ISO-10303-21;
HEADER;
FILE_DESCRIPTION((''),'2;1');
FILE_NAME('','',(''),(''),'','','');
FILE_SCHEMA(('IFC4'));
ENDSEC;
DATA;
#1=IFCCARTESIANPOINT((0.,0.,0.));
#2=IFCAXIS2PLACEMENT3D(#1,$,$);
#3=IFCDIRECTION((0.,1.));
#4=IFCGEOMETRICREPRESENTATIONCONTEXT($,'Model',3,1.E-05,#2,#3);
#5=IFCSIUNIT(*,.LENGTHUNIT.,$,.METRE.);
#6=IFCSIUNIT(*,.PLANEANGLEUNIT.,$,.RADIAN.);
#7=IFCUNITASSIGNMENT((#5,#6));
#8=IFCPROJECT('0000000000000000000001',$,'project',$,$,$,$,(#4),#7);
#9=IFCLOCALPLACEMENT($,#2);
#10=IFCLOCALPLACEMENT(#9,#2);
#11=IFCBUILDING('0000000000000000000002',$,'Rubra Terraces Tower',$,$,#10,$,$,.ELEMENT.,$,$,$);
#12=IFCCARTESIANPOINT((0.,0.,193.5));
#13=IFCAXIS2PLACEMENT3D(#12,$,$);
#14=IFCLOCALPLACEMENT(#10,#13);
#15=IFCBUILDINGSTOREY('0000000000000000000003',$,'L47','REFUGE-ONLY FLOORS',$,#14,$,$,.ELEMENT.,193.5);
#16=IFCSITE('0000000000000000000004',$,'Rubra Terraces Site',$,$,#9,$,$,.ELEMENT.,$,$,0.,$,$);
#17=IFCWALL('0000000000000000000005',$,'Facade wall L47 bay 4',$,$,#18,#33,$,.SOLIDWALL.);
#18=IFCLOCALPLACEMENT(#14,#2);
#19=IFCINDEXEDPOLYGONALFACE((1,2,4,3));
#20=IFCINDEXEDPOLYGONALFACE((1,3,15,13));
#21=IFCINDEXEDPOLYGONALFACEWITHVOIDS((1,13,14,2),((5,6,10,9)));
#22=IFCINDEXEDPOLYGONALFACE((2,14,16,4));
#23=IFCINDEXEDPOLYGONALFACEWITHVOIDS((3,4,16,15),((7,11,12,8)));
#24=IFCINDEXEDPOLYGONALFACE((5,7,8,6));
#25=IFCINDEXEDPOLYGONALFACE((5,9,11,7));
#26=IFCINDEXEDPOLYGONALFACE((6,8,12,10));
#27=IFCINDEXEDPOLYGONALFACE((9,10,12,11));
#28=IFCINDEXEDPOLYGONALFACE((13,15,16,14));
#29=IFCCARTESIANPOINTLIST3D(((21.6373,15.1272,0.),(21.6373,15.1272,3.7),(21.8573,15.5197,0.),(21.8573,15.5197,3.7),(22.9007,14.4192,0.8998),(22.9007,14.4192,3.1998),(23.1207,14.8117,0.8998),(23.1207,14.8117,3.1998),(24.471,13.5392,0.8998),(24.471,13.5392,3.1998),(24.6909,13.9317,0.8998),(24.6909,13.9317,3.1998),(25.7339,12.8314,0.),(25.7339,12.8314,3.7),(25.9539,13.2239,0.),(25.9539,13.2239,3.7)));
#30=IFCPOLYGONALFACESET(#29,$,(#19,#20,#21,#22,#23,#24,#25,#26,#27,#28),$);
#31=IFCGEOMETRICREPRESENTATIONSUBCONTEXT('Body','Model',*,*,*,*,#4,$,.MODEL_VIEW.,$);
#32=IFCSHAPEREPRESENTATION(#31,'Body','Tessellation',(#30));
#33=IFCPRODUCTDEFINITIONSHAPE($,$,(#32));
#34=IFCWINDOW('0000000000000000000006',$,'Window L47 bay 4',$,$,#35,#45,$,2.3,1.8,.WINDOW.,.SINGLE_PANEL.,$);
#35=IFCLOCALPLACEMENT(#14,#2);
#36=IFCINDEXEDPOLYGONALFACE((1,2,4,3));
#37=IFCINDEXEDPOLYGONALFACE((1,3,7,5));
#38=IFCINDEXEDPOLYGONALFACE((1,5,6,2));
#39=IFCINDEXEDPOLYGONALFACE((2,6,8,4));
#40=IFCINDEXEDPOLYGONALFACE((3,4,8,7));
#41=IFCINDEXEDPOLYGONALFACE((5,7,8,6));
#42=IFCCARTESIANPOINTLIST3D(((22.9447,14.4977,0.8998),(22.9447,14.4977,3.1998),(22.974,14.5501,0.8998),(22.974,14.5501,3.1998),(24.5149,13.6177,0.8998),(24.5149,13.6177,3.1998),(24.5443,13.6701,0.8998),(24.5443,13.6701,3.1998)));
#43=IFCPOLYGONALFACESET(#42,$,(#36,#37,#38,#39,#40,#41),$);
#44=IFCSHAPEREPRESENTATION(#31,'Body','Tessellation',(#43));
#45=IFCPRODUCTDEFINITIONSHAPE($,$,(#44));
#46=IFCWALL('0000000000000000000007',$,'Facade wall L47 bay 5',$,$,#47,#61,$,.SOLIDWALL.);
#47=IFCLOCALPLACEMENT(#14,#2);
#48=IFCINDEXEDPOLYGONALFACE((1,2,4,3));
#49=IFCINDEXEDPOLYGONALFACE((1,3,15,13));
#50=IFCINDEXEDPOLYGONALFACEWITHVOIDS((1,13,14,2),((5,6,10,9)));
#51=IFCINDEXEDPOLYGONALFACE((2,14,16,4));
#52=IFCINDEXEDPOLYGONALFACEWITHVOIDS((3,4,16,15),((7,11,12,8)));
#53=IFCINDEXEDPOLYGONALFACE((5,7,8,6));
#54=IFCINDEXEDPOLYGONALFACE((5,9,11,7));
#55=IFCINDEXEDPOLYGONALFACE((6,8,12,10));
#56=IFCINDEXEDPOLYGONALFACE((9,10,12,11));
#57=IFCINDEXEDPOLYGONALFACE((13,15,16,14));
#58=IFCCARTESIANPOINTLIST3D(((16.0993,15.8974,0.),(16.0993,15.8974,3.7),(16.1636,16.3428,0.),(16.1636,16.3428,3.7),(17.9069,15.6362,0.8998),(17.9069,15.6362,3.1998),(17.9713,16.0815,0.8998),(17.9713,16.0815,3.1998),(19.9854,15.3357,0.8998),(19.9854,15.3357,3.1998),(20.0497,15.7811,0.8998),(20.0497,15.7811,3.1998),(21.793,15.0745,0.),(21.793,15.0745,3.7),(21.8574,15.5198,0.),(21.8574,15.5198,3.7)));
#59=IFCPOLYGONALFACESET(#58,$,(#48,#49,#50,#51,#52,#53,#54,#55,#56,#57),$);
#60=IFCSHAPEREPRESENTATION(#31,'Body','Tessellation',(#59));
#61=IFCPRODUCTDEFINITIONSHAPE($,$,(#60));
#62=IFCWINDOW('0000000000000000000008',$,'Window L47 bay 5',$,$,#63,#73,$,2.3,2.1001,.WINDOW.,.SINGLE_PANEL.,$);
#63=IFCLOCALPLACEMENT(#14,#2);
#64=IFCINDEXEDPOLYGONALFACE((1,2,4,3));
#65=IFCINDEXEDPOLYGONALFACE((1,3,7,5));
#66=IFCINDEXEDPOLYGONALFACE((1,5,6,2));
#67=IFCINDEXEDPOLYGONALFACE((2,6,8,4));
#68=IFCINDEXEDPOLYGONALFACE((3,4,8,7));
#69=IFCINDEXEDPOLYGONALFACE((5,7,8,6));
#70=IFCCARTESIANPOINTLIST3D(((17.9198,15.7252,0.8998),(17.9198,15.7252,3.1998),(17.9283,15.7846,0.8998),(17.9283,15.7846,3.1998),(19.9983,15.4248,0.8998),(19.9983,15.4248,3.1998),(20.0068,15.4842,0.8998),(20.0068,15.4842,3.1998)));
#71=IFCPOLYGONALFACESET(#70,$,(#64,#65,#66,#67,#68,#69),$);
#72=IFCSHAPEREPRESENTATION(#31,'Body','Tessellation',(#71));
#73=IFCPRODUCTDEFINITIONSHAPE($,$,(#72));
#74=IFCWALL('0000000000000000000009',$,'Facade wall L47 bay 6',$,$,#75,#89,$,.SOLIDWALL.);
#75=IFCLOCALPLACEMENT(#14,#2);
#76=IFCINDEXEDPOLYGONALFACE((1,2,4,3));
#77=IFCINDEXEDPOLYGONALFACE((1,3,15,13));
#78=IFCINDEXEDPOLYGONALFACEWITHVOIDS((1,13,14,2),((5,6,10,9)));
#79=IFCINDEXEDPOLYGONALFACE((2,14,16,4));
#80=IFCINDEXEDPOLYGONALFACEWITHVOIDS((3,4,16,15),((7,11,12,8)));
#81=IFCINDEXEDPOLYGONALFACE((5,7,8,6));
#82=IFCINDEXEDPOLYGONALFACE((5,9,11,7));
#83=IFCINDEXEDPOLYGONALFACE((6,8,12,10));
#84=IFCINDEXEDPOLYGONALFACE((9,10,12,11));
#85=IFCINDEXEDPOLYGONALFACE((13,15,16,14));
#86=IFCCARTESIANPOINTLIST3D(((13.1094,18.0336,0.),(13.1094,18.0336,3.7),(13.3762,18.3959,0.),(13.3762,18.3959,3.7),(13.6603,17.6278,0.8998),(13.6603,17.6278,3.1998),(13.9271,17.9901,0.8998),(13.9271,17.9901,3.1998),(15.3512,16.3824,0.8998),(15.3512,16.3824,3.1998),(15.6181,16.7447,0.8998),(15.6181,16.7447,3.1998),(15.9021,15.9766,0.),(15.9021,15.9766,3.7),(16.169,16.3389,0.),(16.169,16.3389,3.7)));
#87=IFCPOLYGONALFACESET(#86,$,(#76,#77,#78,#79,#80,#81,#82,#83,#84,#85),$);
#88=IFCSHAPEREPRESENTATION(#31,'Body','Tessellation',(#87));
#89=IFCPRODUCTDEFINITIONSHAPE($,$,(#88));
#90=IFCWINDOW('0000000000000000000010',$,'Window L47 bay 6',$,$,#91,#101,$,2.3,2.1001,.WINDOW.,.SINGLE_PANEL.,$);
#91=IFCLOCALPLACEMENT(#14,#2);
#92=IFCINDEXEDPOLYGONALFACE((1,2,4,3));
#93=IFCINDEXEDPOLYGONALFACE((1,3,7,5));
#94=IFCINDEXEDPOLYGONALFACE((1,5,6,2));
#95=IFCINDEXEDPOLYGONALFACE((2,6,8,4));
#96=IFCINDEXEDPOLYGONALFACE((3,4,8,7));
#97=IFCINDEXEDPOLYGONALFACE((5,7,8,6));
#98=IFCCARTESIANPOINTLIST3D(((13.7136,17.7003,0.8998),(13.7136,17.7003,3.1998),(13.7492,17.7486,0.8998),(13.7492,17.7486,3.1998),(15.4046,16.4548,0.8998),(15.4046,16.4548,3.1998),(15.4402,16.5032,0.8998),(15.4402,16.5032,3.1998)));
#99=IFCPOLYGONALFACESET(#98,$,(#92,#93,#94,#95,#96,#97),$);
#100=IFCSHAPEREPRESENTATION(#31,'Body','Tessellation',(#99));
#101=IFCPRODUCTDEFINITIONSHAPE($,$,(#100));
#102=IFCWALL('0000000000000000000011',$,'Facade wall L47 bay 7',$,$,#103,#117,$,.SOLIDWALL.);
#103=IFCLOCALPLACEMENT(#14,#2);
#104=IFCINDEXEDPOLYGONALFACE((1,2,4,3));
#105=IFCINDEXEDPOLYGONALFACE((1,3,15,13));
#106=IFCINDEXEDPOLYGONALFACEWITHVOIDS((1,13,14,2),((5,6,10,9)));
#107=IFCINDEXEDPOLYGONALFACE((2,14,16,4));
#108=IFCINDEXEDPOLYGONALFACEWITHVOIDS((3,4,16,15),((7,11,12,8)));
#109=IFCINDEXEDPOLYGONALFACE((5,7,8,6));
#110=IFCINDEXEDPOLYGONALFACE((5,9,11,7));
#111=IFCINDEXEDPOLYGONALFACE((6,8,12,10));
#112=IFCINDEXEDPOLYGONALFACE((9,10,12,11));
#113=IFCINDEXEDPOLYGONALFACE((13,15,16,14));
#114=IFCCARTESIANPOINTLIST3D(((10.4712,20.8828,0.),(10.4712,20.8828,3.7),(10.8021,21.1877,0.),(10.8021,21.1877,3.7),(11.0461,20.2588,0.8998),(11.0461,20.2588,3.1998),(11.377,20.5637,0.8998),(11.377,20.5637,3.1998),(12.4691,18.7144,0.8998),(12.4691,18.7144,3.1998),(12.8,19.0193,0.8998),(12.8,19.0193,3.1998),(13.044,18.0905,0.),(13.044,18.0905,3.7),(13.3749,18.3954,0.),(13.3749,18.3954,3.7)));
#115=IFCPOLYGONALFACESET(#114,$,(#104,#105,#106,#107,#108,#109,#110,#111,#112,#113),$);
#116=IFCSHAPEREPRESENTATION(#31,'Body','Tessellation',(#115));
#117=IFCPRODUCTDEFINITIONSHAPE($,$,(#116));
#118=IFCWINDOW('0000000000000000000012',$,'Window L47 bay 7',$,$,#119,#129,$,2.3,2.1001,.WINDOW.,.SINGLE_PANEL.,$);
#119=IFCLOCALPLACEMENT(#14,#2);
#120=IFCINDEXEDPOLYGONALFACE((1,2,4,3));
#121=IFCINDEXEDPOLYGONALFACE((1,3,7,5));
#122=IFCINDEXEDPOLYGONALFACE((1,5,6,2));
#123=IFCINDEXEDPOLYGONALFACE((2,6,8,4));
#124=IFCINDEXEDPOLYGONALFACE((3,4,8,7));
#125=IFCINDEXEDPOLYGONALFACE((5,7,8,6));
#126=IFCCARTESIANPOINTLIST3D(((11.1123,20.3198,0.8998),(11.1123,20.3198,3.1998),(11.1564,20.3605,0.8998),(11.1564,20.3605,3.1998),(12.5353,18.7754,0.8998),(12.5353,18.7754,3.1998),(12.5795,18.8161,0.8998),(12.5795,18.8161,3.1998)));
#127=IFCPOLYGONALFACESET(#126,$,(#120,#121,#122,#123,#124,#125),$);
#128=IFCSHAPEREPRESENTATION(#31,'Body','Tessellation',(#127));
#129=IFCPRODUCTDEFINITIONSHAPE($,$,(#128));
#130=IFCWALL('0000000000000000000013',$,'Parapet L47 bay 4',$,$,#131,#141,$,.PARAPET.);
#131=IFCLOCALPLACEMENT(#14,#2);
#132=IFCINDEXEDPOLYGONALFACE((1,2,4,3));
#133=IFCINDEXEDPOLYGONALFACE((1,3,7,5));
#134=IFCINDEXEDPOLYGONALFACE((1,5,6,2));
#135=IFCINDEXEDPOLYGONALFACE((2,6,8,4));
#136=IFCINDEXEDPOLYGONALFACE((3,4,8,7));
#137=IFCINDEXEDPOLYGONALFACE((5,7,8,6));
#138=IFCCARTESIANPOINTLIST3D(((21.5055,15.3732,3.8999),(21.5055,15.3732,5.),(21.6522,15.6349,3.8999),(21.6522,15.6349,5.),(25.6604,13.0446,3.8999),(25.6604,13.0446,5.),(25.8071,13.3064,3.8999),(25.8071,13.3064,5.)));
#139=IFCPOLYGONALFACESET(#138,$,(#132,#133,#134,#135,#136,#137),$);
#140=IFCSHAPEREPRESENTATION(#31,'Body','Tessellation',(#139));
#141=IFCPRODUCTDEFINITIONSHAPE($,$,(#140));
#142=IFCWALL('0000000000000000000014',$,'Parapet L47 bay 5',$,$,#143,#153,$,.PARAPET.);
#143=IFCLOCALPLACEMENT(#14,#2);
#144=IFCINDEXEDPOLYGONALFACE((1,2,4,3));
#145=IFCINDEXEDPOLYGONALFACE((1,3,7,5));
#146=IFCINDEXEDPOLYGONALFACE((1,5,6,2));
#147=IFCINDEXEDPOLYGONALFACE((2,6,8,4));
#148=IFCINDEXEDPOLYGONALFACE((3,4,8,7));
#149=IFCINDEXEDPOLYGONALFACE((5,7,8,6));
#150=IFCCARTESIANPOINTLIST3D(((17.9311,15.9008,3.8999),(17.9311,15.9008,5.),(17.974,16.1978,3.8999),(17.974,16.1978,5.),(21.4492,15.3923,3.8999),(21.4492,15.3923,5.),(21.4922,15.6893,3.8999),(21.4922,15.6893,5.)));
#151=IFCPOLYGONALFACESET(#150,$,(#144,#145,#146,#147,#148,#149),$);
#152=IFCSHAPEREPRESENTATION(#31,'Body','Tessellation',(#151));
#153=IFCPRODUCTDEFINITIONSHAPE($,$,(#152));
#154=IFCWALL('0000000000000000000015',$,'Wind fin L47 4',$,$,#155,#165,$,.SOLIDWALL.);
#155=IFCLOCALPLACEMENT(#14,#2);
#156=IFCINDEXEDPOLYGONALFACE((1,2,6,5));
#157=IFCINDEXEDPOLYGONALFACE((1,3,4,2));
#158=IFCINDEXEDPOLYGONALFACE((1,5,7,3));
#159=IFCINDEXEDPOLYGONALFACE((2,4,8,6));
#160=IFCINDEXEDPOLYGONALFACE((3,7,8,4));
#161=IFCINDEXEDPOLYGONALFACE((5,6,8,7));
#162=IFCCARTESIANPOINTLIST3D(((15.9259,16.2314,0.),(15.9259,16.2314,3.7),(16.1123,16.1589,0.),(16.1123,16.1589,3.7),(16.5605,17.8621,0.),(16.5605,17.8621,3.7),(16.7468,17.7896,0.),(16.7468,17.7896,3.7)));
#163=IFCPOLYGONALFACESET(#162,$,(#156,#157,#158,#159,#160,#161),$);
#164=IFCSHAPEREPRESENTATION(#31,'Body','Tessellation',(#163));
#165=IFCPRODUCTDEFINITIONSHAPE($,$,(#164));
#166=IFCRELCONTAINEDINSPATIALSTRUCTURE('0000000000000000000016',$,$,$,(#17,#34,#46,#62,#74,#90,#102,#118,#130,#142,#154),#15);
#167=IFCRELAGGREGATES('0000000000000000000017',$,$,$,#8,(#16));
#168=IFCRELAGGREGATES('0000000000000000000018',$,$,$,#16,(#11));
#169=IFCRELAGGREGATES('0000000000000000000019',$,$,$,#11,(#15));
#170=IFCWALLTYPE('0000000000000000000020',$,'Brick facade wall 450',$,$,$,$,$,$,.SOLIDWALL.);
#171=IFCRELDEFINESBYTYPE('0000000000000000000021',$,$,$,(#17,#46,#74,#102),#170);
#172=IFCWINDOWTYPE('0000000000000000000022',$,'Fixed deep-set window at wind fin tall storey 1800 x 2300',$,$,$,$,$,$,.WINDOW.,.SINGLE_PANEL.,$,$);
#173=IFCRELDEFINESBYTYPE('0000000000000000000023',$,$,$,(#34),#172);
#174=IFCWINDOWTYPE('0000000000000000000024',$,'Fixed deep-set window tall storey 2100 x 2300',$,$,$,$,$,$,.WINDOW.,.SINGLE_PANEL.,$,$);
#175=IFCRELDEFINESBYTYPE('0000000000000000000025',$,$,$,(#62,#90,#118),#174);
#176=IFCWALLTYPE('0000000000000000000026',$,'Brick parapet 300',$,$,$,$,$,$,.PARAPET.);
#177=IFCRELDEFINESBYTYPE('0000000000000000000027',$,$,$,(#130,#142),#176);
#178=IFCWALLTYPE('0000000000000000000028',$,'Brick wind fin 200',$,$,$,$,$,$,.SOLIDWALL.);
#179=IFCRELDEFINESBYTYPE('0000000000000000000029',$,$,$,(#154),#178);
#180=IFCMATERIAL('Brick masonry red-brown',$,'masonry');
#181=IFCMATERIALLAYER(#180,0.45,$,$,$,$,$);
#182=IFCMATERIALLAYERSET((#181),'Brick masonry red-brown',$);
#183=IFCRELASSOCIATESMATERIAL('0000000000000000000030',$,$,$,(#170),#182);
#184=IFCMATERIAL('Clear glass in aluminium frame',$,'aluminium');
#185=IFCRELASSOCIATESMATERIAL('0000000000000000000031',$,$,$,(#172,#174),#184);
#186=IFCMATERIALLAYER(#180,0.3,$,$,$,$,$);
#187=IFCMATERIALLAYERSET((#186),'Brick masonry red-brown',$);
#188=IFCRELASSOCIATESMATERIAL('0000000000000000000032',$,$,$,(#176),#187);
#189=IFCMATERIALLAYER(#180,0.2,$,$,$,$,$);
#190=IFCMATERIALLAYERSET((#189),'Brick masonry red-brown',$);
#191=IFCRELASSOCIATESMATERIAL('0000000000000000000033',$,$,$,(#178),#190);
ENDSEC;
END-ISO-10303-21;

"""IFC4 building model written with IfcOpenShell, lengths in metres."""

from ifc_helpers import new_model, si_unit, direction, frame, frame_2d, origin, place, context, subcontext, project, spatial, rectangle, extrude, material, layer, layer_set, type_object, element, fill, save


model = new_model("IFC4")

# Units and contexts
model_context = context("Model", 3, precision=1e-05, world=origin(), true_north=direction((0.0, 1.0)))
body_context = subcontext(model_context, "Body", "Model", "MODEL_VIEW")
ifc_project = project(units=[si_unit("LENGTHUNIT", "METRE"), si_unit("PLANEANGLEUNIT", "RADIAN")], contexts=[model_context])

# Site, building, storey
site_placement = place(None, origin())
site = spatial("IfcSite", under=ifc_project, at=site_placement, Name="Rubra Terraces Site", CompositionType="ELEMENT", RefElevation=0.0)
building_placement = place(site_placement, origin())
building = spatial("IfcBuilding", under=site, at=building_placement, Name="Rubra Terraces Tower", CompositionType="ELEMENT")
storey_placement = place(building_placement, frame((0.0, 0.0, 193.5)))
storey = spatial("IfcBuildingStorey", under=building, at=storey_placement, Name="L47", Description="REFUGE-ONLY FLOORS", CompositionType="ELEMENT", Elevation=193.5)

# Walls, openings, windows
ifc_material_1 = material(Name="Brick masonry red-brown", Category="masonry")
ifc_layer_1 = layer(ifc_material_1, 0.45)
ifc_layer_set_1 = layer_set([ifc_layer_1], Name="Brick masonry red-brown")
wall_type_1 = type_object("IfcWallType", Name="Brick facade wall 450", PredefinedType="SOLIDWALL", material=ifc_layer_set_1)
wall_1_placement = place(storey_placement, frame((25.844, 13.0276, 0.0), z_axis=(0.0, 0.0, 1.0), x_axis=(-0.872346, 0.488888, 0.0)))
wall_1 = element("IfcWall", 1, at=wall_1_placement, inside=storey, type_object=wall_type_1, Name="Facade wall L47 bay 4", PredefinedType="SOLIDWALL", context=body_context, shape_type="SweptSolid", body=[
    extrude(rectangle(XDim=4.696, YDim=0.45, at=frame_2d((2.3481, 0.0))), origin(), (0.0, 0.0, 1.0), 3.7),
])
opening_1_placement = place(wall_1_placement, frame((1.448, 0.0, 0.8999)))
opening_1 = element("IfcOpeningElement", 2, at=opening_1_placement, cuts=wall_1, PredefinedType="OPENING", context=body_context, shape_type="SweptSolid", body=[
    extrude(rectangle(XDim=1.8, YDim=2.3, at=frame_2d((0.8999, 1.1499))), frame((0.0, 0.2349, 0.0), z_axis=(0.0, -1.0, 0.0), x_axis=(1.0, 0.0, 0.0)), (0.0, 0.0, 1.0), 0.47),
])
ifc_material_2 = material(Name="Clear glass in aluminium frame", Category="aluminium")
window_type_1 = type_object("IfcWindowType", Name="Fixed deep-set window at wind fin tall storey 1800 x 2300", PartitioningType="SINGLE_PANEL", PredefinedType="WINDOW", material=ifc_material_2)
window_1_placement = place(opening_1_placement, origin())
window_1 = element("IfcWindow", 3, at=window_1_placement, inside=storey, type_object=window_type_1, Name="Window L47 bay 4", OverallHeight=2.3, OverallWidth=1.8, PartitioningType="SINGLE_PANEL", PredefinedType="WINDOW", context=body_context, shape_type="SweptSolid", body=[
    extrude(rectangle(XDim=1.8, YDim=2.3, at=frame_2d((0.8999, 1.1499))), frame((0.0, 0.135, 0.0), z_axis=(0.0, -1.0, 0.0), x_axis=(1.0, 0.0, 0.0)), (0.0, 0.0, 1.0), 0.0601),
])
fill(opening_1, window_1)
wall_2_placement = place(storey_placement, frame((21.8252, 15.2971, 0.0), z_axis=(0.0, 0.0, 1.0), x_axis=(-0.989715, 0.143055, 0.0)))
wall_2 = element("IfcWall", 4, at=wall_2_placement, inside=storey, type_object=wall_type_1, Name="Facade wall L47 bay 5", PredefinedType="SOLIDWALL", context=body_context, shape_type="SweptSolid", body=[
    extrude(rectangle(XDim=5.7529, YDim=0.45, at=frame_2d((2.8765, 0.0))), origin(), (0.0, 0.0, 1.0), 3.7),
])
opening_2_placement = place(wall_2_placement, frame((1.8264, 0.0, 0.8999)))
opening_2 = element("IfcOpeningElement", 5, at=opening_2_placement, cuts=wall_2, PredefinedType="OPENING", context=body_context, shape_type="SweptSolid", body=[
    extrude(rectangle(XDim=2.1001, YDim=2.3, at=frame_2d((1.05, 1.1499))), frame((0.0, 0.2349, 0.0), z_axis=(0.0, -1.0, 0.0), x_axis=(1.0, 0.0, 0.0)), (0.0, 0.0, 1.0), 0.47),
])
window_type_2 = type_object("IfcWindowType", Name="Fixed deep-set window tall storey 2100 x 2300", PartitioningType="SINGLE_PANEL", PredefinedType="WINDOW", material=ifc_material_2)
window_2_placement = place(opening_2_placement, origin())
window_2 = element("IfcWindow", 6, at=window_2_placement, inside=storey, type_object=window_type_2, Name="Window L47 bay 5", OverallHeight=2.3, OverallWidth=2.1001, PartitioningType="SINGLE_PANEL", PredefinedType="WINDOW", context=body_context, shape_type="SweptSolid", body=[
    extrude(rectangle(XDim=2.1001, YDim=2.3, at=frame_2d((1.05, 1.1499))), frame((0.0, 0.135, 0.0), z_axis=(0.0, -1.0, 0.0), x_axis=(1.0, 0.0, 0.0)), (0.0, 0.0, 1.0), 0.0601),
])
fill(opening_2, window_2)
wall_3_placement = place(storey_placement, frame((16.0356, 16.1577, 0.0), z_axis=(0.0, 0.0, 1.0), x_axis=(-0.805181, 0.593029, 0.0)))
wall_3 = element("IfcWall", 7, at=wall_3_placement, inside=storey, type_object=wall_type_1, Name="Facade wall L47 bay 6", PredefinedType="SOLIDWALL", context=body_context, shape_type="SweptSolid", body=[
    extrude(rectangle(XDim=3.4685, YDim=0.45, at=frame_2d((1.7344, 0.0))), origin(), (0.0, 0.0, 1.0), 3.7),
])
opening_3_placement = place(wall_3_placement, frame((0.6843, 0.0, 0.8999)))
opening_3 = element("IfcOpeningElement", 8, at=opening_3_placement, cuts=wall_3, PredefinedType="OPENING", context=body_context, shape_type="SweptSolid", body=[
    extrude(rectangle(XDim=2.1001, YDim=2.3, at=frame_2d((1.05, 1.1499))), frame((0.0, 0.2349, 0.0), z_axis=(0.0, -1.0, 0.0), x_axis=(1.0, 0.0, 0.0)), (0.0, 0.0, 1.0), 0.47),
])
window_3_placement = place(opening_3_placement, origin())
window_3 = element("IfcWindow", 9, at=window_3_placement, inside=storey, type_object=window_type_2, Name="Window L47 bay 6", OverallHeight=2.3, OverallWidth=2.1001, PartitioningType="SINGLE_PANEL", PredefinedType="WINDOW", context=body_context, shape_type="SweptSolid", body=[
    extrude(rectangle(XDim=2.1001, YDim=2.3, at=frame_2d((1.05, 1.1499))), frame((0.0, 0.135, 0.0), z_axis=(0.0, -1.0, 0.0), x_axis=(1.0, 0.0, 0.0)), (0.0, 0.0, 1.0), 0.0601),
])
fill(opening_3, window_3)
wall_4_placement = place(storey_placement, frame((13.2095, 18.2429, 0.0), z_axis=(0.0, 0.0, 1.0), x_axis=(-0.677612, 0.735419, 0.0)))
wall_4 = element("IfcWall", 10, at=wall_4_placement, inside=storey, type_object=wall_type_1, Name="Facade wall L47 bay 7", PredefinedType="SOLIDWALL", context=body_context, shape_type="SweptSolid", body=[
    extrude(rectangle(XDim=3.7969, YDim=0.45, at=frame_2d((1.8984, 0.0))), origin(), (0.0, 0.0, 1.0), 3.7),
])
opening_4_placement = place(wall_4_placement, frame((0.8484, 0.0, 0.8999)))
opening_4 = element("IfcOpeningElement", 11, at=opening_4_placement, cuts=wall_4, PredefinedType="OPENING", context=body_context, shape_type="SweptSolid", body=[
    extrude(rectangle(XDim=2.1001, YDim=2.3, at=frame_2d((1.05, 1.1499))), frame((0.0, 0.2349, 0.0), z_axis=(0.0, -1.0, 0.0), x_axis=(1.0, 0.0, 0.0)), (0.0, 0.0, 1.0), 0.47),
])
window_4_placement = place(opening_4_placement, origin())
window_4 = element("IfcWindow", 12, at=window_4_placement, inside=storey, type_object=window_type_2, Name="Window L47 bay 7", OverallHeight=2.3, OverallWidth=2.1001, PartitioningType="SINGLE_PANEL", PredefinedType="WINDOW", context=body_context, shape_type="SweptSolid", body=[
    extrude(rectangle(XDim=2.1001, YDim=2.3, at=frame_2d((1.05, 1.1499))), frame((0.0, 0.135, 0.0), z_axis=(0.0, -1.0, 0.0), x_axis=(1.0, 0.0, 0.0)), (0.0, 0.0, 1.0), 0.0601),
])
fill(opening_4, window_4)

# Walls
ifc_layer_2 = layer(ifc_material_1, 0.3)
ifc_layer_set_2 = layer_set([ifc_layer_2], Name="Brick masonry red-brown")
wall_type_2 = type_object("IfcWallType", Name="Brick parapet 300", PredefinedType="PARAPET", material=ifc_layer_set_2)
wall_5_placement = place(storey_placement, frame((25.7336, 13.1755, 3.8999), z_axis=(0.0, 0.0, 1.0), x_axis=(-0.872345, 0.488891, 0.0)))
element("IfcWall", 13, at=wall_5_placement, inside=storey, type_object=wall_type_2, Name="Parapet L47 bay 4", PredefinedType="PARAPET", context=body_context, shape_type="SweptSolid", body=[
    extrude(rectangle(XDim=4.7629, YDim=0.3, at=frame_2d((2.3813, 0.0))), origin(), (0.0, 0.0, 1.0), 1.1001),
])
wall_6_placement = place(storey_placement, frame((21.4707, 15.5408, 3.8999), z_axis=(0.0, 0.0, 1.0), x_axis=(-0.989713, 0.143065, 0.0)))
element("IfcWall", 14, at=wall_6_placement, inside=storey, type_object=wall_type_2, Name="Parapet L47 bay 5", PredefinedType="PARAPET", context=body_context, shape_type="SweptSolid", body=[
    extrude(rectangle(XDim=3.5547, YDim=0.3, at=frame_2d((1.7773, 0.0))), origin(), (0.0, 0.0, 1.0), 1.1001),
])
ifc_layer_3 = layer(ifc_material_1, 0.2)
ifc_layer_set_3 = layer_set([ifc_layer_3], Name="Brick masonry red-brown")
wall_type_3 = type_object("IfcWallType", Name="Brick wind fin 200", PredefinedType="SOLIDWALL", material=ifc_layer_set_3)
wall_7_placement = place(storey_placement, frame((16.019, 16.1951, 0.0), z_axis=(0.0, 0.0, 1.0), x_axis=(0.362642, 0.931929, 0.0)))
element("IfcWall", 15, at=wall_7_placement, inside=storey, type_object=wall_type_3, Name="Wind fin L47 4", PredefinedType="SOLIDWALL", context=body_context, shape_type="SweptSolid", body=[
    extrude(rectangle(XDim=1.7498, YDim=0.2, at=frame_2d((0.875, 0.0))), origin(), (0.0, 0.0, 1.0), 3.7),
])

save(model, "model.ifc")
